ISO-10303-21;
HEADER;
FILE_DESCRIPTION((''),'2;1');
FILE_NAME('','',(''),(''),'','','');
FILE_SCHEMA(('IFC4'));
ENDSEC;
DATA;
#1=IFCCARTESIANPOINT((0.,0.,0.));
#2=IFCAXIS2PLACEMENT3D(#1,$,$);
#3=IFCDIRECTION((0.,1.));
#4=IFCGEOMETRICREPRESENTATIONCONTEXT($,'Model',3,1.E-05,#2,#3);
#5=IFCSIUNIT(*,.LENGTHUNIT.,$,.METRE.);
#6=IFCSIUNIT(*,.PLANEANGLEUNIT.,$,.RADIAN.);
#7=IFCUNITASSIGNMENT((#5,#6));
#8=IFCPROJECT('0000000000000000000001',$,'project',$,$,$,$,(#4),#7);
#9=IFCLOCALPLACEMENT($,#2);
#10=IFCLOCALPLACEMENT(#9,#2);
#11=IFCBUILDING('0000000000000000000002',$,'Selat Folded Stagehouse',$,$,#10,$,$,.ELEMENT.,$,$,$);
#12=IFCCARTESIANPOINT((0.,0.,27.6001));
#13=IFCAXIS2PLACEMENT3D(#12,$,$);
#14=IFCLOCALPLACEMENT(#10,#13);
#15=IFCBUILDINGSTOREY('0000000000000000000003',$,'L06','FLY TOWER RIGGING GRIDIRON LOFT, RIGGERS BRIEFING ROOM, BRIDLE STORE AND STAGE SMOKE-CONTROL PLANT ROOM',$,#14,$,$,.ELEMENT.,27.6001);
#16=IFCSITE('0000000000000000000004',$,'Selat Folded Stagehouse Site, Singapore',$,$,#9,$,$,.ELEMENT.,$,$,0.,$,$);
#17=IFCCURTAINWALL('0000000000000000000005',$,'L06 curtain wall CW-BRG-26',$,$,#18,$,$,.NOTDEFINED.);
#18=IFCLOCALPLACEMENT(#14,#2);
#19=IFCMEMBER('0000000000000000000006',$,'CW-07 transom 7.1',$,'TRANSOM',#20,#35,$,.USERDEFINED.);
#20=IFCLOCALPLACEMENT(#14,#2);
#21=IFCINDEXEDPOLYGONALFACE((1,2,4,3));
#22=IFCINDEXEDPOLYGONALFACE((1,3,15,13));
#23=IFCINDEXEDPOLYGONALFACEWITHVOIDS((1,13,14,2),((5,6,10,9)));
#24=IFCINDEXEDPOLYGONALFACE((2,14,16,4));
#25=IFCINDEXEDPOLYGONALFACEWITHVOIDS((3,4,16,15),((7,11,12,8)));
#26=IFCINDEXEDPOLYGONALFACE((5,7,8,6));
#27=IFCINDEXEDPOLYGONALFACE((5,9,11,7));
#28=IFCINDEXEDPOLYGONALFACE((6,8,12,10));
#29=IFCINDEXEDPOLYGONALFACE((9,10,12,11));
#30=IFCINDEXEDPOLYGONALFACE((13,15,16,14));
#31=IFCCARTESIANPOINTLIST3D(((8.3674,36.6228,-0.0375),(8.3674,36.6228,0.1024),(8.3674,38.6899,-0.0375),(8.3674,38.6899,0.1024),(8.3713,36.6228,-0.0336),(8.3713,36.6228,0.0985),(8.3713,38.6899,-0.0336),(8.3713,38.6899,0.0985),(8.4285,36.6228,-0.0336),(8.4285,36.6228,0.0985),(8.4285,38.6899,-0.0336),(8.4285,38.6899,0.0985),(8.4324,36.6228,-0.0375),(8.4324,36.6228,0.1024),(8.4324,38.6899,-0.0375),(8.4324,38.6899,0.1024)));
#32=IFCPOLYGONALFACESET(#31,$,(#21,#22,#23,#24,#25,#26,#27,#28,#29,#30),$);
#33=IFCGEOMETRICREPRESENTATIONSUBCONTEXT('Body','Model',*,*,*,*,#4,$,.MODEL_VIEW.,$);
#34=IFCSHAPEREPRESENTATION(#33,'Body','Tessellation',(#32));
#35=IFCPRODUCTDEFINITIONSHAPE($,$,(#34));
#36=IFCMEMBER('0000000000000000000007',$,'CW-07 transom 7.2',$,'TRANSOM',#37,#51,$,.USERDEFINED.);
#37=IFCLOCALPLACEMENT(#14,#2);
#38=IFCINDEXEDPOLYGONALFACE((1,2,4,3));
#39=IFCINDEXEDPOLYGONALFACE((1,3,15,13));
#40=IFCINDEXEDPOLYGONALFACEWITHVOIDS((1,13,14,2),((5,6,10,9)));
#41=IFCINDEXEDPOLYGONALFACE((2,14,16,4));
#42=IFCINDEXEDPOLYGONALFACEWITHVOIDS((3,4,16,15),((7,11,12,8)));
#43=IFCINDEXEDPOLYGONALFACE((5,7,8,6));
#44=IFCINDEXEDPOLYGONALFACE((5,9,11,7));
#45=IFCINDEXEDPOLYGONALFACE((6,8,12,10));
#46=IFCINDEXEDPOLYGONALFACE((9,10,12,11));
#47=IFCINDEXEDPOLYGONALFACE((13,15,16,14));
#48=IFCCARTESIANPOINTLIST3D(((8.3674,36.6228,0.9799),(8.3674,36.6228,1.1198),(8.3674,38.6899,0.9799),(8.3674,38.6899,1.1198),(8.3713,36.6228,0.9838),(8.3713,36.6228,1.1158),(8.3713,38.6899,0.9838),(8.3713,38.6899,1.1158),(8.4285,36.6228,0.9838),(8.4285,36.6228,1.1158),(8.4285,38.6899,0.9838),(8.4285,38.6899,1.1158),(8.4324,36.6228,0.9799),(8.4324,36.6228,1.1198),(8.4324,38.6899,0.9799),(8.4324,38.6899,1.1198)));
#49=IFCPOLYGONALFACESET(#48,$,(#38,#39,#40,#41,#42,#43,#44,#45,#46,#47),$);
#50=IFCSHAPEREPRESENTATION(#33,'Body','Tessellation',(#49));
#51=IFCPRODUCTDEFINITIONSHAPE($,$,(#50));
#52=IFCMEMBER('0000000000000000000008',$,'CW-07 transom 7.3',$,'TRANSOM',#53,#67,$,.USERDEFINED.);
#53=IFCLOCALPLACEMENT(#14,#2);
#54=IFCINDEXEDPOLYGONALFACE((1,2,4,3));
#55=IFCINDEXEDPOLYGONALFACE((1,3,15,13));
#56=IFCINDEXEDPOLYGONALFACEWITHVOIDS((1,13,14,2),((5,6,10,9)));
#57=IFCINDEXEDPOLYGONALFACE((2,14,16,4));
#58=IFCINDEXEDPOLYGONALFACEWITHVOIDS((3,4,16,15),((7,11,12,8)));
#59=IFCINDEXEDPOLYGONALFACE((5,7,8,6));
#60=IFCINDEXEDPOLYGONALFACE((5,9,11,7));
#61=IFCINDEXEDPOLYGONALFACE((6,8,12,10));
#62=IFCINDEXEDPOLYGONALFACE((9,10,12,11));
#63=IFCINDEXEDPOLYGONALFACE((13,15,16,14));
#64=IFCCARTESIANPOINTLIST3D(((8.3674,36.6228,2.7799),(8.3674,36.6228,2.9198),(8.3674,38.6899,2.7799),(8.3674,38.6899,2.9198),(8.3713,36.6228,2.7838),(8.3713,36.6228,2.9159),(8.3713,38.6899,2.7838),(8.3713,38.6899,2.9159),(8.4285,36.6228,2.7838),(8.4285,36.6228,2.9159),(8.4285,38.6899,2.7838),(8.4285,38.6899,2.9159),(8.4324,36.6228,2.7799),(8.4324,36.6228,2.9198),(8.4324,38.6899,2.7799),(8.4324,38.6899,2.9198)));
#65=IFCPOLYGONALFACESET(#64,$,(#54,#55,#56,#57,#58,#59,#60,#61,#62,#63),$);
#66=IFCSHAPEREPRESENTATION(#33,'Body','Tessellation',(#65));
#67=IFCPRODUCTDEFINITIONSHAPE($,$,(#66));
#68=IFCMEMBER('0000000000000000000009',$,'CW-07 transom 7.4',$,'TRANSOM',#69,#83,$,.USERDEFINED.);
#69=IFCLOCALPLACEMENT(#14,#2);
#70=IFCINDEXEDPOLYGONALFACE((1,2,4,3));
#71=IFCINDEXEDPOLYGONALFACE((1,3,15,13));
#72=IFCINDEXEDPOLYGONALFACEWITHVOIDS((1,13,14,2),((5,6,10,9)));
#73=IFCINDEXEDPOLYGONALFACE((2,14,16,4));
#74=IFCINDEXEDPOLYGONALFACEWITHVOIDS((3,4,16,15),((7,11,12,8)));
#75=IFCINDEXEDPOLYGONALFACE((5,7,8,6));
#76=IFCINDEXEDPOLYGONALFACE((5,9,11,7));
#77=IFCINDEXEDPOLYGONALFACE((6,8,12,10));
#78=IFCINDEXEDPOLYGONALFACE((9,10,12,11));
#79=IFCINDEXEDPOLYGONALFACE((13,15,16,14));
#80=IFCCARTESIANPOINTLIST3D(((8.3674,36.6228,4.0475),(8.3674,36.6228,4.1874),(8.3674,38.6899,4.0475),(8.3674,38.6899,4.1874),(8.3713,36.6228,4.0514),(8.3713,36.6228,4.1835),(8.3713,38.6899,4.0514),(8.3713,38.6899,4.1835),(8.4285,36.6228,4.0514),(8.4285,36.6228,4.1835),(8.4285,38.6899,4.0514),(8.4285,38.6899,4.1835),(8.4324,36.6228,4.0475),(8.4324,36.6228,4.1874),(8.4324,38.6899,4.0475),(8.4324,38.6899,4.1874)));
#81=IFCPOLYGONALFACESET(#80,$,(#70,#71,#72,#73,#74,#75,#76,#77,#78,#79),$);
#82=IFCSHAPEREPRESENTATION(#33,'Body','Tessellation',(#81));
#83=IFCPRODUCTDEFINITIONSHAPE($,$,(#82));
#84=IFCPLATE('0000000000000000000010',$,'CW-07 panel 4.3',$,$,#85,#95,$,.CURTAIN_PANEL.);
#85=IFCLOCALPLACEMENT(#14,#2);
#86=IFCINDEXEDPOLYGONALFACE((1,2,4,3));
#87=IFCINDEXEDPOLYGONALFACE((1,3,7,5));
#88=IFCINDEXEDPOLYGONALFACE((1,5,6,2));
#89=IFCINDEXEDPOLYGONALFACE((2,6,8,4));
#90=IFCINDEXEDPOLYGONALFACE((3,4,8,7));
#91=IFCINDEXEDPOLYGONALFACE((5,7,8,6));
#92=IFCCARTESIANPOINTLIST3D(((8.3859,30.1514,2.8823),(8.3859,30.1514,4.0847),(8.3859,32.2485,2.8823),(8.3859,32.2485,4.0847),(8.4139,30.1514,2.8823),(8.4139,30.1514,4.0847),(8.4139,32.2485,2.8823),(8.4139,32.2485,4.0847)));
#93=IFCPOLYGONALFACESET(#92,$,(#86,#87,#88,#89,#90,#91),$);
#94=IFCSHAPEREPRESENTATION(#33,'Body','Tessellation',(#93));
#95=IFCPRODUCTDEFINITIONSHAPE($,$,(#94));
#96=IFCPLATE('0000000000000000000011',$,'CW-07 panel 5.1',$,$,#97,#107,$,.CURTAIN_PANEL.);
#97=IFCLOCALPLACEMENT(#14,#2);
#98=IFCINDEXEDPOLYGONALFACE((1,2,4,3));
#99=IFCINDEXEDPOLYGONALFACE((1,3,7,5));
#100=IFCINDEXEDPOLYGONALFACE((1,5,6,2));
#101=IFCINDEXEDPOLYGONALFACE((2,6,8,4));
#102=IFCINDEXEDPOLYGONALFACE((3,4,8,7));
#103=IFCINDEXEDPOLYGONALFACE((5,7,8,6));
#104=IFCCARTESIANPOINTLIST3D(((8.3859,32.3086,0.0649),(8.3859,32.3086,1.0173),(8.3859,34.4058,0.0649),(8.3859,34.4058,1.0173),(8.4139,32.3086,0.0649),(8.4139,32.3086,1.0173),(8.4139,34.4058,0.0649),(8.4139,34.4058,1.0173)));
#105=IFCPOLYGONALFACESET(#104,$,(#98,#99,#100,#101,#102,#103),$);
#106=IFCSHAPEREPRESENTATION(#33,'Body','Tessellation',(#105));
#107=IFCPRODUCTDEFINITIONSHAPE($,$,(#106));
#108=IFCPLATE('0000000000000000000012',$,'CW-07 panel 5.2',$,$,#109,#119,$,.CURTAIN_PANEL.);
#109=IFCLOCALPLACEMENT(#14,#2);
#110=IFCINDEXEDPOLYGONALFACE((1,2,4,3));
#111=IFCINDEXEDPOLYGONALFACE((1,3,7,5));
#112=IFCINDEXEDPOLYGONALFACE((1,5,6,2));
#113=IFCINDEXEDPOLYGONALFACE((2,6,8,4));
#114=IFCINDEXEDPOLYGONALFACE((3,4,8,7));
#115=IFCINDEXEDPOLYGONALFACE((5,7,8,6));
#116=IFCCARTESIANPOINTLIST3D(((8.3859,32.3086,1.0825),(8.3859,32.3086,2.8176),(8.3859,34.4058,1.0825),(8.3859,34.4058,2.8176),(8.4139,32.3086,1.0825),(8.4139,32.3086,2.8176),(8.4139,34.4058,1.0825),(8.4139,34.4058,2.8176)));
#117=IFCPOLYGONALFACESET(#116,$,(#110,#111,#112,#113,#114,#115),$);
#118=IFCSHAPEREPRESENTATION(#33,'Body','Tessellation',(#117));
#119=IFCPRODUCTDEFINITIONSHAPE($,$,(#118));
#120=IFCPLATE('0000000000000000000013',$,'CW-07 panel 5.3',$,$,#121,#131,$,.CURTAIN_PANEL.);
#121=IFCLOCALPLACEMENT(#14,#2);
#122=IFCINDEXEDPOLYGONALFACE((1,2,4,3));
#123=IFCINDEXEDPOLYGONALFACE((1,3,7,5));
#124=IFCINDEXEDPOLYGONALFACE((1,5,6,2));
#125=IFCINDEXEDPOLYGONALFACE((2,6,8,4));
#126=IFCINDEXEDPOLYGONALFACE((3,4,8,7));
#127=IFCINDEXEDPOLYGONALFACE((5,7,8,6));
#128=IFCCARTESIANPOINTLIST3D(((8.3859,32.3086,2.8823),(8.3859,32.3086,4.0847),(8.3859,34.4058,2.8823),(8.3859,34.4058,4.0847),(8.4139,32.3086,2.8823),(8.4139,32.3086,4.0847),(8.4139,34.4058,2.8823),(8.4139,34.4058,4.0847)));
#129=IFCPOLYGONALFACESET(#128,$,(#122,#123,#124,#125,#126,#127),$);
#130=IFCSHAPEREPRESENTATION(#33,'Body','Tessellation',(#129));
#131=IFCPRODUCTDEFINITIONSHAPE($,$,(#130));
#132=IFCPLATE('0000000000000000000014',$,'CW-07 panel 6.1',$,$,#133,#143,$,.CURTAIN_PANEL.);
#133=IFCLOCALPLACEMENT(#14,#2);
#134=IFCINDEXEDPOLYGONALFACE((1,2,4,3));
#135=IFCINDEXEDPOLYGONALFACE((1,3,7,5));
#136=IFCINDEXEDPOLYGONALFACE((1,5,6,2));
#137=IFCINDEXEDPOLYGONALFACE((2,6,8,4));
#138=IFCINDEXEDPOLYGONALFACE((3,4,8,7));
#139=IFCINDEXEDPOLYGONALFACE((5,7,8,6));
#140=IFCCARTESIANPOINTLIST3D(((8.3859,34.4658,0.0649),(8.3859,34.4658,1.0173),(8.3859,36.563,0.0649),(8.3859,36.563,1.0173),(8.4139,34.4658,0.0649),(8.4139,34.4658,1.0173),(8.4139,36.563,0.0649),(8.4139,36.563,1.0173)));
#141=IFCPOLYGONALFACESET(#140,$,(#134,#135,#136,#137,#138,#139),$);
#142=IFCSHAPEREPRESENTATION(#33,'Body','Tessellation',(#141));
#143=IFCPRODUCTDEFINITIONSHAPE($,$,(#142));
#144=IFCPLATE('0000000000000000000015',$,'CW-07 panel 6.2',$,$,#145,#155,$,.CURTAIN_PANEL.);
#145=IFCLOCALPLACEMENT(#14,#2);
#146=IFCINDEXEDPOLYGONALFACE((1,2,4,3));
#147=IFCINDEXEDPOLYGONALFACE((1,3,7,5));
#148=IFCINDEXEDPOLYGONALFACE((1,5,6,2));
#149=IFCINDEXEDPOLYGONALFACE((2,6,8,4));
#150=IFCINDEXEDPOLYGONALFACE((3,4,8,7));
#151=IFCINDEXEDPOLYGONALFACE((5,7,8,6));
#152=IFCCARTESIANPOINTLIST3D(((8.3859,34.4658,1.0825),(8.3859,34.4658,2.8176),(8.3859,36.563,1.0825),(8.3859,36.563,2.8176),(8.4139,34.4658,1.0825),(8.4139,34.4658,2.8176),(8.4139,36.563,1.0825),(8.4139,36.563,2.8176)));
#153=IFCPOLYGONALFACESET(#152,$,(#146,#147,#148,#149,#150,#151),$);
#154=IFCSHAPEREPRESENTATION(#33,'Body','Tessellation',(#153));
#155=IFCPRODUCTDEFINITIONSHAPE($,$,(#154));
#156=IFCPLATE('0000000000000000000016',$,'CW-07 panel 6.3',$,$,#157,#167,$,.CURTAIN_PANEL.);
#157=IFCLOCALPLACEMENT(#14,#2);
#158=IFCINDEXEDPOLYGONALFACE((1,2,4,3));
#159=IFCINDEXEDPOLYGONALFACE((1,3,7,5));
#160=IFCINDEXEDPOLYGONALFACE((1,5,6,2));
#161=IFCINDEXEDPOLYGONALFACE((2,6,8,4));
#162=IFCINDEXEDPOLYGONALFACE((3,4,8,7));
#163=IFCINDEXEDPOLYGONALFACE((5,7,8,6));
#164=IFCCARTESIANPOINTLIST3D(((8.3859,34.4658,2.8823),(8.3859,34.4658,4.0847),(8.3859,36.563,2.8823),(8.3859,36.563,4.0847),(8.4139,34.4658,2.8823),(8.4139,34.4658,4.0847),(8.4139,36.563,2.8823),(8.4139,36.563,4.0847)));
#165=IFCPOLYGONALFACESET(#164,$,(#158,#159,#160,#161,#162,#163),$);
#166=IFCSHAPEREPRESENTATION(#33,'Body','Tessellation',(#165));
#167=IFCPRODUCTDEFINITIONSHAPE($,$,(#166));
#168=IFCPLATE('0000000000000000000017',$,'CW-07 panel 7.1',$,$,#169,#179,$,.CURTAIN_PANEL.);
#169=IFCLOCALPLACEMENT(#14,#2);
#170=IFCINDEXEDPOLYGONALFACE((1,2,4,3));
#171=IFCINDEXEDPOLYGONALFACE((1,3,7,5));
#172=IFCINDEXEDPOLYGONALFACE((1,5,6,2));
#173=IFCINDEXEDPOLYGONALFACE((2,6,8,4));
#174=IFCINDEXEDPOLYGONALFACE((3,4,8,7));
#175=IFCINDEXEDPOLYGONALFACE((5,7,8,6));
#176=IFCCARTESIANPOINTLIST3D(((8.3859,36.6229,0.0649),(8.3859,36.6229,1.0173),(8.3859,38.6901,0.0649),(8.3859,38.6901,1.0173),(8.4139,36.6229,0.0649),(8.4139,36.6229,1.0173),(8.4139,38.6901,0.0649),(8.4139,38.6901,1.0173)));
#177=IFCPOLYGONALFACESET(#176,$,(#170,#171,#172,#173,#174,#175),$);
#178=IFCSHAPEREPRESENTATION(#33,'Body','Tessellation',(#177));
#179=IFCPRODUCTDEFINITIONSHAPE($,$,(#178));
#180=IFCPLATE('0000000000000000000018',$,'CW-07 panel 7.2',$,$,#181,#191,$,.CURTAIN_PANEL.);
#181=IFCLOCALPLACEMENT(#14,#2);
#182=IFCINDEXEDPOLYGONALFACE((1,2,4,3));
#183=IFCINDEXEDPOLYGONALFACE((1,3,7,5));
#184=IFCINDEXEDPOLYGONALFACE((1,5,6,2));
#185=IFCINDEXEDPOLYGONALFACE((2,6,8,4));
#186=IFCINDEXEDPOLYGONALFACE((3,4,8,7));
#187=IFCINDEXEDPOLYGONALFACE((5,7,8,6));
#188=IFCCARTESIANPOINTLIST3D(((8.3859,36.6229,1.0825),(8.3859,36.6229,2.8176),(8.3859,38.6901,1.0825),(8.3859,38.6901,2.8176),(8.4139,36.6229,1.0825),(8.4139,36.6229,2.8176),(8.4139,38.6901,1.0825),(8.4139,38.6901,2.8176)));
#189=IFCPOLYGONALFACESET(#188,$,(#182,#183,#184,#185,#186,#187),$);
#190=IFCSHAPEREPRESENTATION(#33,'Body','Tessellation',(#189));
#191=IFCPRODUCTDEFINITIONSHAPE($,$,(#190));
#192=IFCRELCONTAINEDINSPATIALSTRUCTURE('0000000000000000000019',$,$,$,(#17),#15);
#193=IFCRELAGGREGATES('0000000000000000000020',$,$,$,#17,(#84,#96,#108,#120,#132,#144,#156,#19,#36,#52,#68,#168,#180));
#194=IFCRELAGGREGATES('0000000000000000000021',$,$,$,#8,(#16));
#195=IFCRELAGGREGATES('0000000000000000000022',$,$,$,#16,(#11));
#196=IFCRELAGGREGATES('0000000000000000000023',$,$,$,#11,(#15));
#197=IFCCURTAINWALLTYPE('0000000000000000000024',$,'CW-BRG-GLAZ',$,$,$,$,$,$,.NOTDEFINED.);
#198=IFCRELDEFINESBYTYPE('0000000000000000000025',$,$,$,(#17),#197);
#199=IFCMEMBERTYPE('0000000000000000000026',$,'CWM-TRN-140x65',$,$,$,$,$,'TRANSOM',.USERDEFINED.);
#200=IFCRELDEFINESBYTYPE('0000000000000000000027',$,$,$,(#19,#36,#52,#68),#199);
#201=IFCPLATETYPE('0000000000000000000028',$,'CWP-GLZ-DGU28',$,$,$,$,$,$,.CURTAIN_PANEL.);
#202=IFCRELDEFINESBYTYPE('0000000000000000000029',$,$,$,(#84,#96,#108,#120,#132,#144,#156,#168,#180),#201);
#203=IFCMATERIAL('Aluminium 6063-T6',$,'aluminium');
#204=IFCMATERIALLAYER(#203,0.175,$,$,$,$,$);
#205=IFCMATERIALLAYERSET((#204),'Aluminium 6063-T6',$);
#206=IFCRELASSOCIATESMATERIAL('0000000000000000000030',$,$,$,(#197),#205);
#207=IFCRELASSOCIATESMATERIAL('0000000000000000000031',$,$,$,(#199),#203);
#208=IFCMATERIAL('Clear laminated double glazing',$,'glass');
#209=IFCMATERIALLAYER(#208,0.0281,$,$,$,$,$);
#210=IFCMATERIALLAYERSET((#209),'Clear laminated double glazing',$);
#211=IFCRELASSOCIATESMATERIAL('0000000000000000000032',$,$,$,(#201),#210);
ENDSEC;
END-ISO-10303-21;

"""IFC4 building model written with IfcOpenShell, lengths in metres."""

from ifc_helpers import new_model, si_unit, direction, frame, origin, origin_2d, place, context, subcontext, project, spatial, rectangle, hollow_rectangle, extrude, material, layer, layer_set, material_profile, profile_set, type_object, element, aggregate, save


model = new_model("IFC4")

# Units and contexts
model_context = context("Model", 3, precision=1e-05, world=origin(), true_north=direction((0.0, 1.0)))
body_context = subcontext(model_context, "Body", "Model", "MODEL_VIEW")
ifc_project = project(units=[si_unit("LENGTHUNIT", "METRE"), si_unit("PLANEANGLEUNIT", "RADIAN")], contexts=[model_context])

# Site, building, storey
site_placement = place(None, origin())
site = spatial("IfcSite", under=ifc_project, at=site_placement, Name="Selat Folded Stagehouse Site, Singapore", CompositionType="ELEMENT", RefElevation=0.0)
building_placement = place(site_placement, origin())
building = spatial("IfcBuilding", under=site, at=building_placement, Name="Selat Folded Stagehouse", CompositionType="ELEMENT")
storey_placement = place(building_placement, frame((0.0, 0.0, 27.6001)))
storey = spatial("IfcBuildingStorey", under=building, at=storey_placement, Name="L06", Description="FLY TOWER RIGGING GRIDIRON LOFT, RIGGERS BRIEFING ROOM, BRIDLE STORE AND STAGE SMOKE-CONTROL PLANT ROOM", CompositionType="ELEMENT", Elevation=27.6001)

# Curtain wall, members, plates
ifc_material_1 = material(Name="Aluminium 6063-T6", Category="aluminium")
ifc_layer_1 = layer(ifc_material_1, 0.175)
ifc_layer_set_1 = layer_set([ifc_layer_1], Name="Aluminium 6063-T6")
curtain_wall_type = type_object("IfcCurtainWallType", Name="CW-BRG-GLAZ", PredefinedType="NOTDEFINED", material=ifc_layer_set_1)
curtain_wall_placement = place(storey_placement, origin())
curtain_wall = element("IfcCurtainWall", 1, at=curtain_wall_placement, inside=storey, type_object=curtain_wall_type, Name="L06 curtain wall CW-BRG-26", PredefinedType="NOTDEFINED")
ifc_material_profile_1 = material_profile(ifc_material_1, hollow_rectangle(XDim=0.0649, YDim=0.1399, WallThickness=0.0039, at=origin_2d()), Name="ALU 140x65x4.0")
ifc_profile_set_1 = profile_set([ifc_material_profile_1], Name="Aluminium 6063-T6")
member_type_1 = type_object("IfcMemberType", Name="CWM-TRN-140x65", ElementType="TRANSOM", PredefinedType="USERDEFINED", material=ifc_profile_set_1)
member_1_placement = place(storey_placement, frame((8.3999, 36.6228, 0.0325), z_axis=(0.0, 1.0, 0.0), x_axis=(-1.0, 0.0, 0.0)))
member_1 = element("IfcMember", 2, at=member_1_placement, type_object=member_type_1, Name="CW-07 transom 7.1", ObjectType="TRANSOM", PredefinedType="USERDEFINED", context=body_context, shape_type="SweptSolid", body=[
    extrude(hollow_rectangle(XDim=0.0649, YDim=0.1399, WallThickness=0.0039, at=origin_2d()), origin(), (0.0, 0.0, 1.0), 2.0671),
])
member_2_placement = place(storey_placement, frame((8.3999, 36.6228, 1.0498), z_axis=(0.0, 1.0, 0.0), x_axis=(-1.0, 0.0, 0.0)))
member_2 = element("IfcMember", 3, at=member_2_placement, type_object=member_type_1, Name="CW-07 transom 7.2", ObjectType="TRANSOM", PredefinedType="USERDEFINED", context=body_context, shape_type="SweptSolid", body=[
    extrude(hollow_rectangle(XDim=0.0649, YDim=0.1399, WallThickness=0.0039, at=origin_2d()), origin(), (0.0, 0.0, 1.0), 2.0671),
])
member_3_placement = place(storey_placement, frame((8.3999, 36.6228, 2.8499), z_axis=(0.0, 1.0, 0.0), x_axis=(-1.0, 0.0, 0.0)))
member_3 = element("IfcMember", 4, at=member_3_placement, type_object=member_type_1, Name="CW-07 transom 7.3", ObjectType="TRANSOM", PredefinedType="USERDEFINED", context=body_context, shape_type="SweptSolid", body=[
    extrude(hollow_rectangle(XDim=0.0649, YDim=0.1399, WallThickness=0.0039, at=origin_2d()), origin(), (0.0, 0.0, 1.0), 2.0671),
])
member_4_placement = place(storey_placement, frame((8.3999, 36.6228, 4.1174), z_axis=(0.0, 1.0, 0.0), x_axis=(-1.0, 0.0, 0.0)))
member_4 = element("IfcMember", 5, at=member_4_placement, type_object=member_type_1, Name="CW-07 transom 7.4", ObjectType="TRANSOM", PredefinedType="USERDEFINED", context=body_context, shape_type="SweptSolid", body=[
    extrude(hollow_rectangle(XDim=0.0649, YDim=0.1399, WallThickness=0.0039, at=origin_2d()), origin(), (0.0, 0.0, 1.0), 2.0671),
])
ifc_material_2 = material(Name="Clear laminated double glazing", Category="glass")
ifc_layer_2 = layer(ifc_material_2, 0.0281)
ifc_layer_set_2 = layer_set([ifc_layer_2], Name="Clear laminated double glazing")
plate_type = type_object("IfcPlateType", Name="CWP-GLZ-DGU28", PredefinedType="CURTAIN_PANEL", material=ifc_layer_set_2)
plate_1_placement = place(storey_placement, frame((8.3999, 31.2, 2.8823), z_axis=(0.0, 0.0, 1.0), x_axis=(0.0, 1.0, 0.0)))
plate_1 = element("IfcPlate", 6, at=plate_1_placement, type_object=plate_type, Name="CW-07 panel 4.3", PredefinedType="CURTAIN_PANEL", context=body_context, shape_type="SweptSolid", body=[
    extrude(rectangle(XDim=2.0972, YDim=0.0281, at=origin_2d()), origin(), (0.0, 0.0, 1.0), 1.2024),
])
plate_2_placement = place(storey_placement, frame((8.3999, 33.3572, 0.0649), z_axis=(0.0, 0.0, 1.0), x_axis=(0.0, 1.0, 0.0)))
plate_2 = element("IfcPlate", 7, at=plate_2_placement, type_object=plate_type, Name="CW-07 panel 5.1", PredefinedType="CURTAIN_PANEL", context=body_context, shape_type="SweptSolid", body=[
    extrude(rectangle(XDim=2.0972, YDim=0.0281, at=origin_2d()), origin(), (0.0, 0.0, 1.0), 0.9524),
])
plate_3_placement = place(storey_placement, frame((8.3999, 33.3572, 1.0825), z_axis=(0.0, 0.0, 1.0), x_axis=(0.0, 1.0, 0.0)))
plate_3 = element("IfcPlate", 8, at=plate_3_placement, type_object=plate_type, Name="CW-07 panel 5.2", PredefinedType="CURTAIN_PANEL", context=body_context, shape_type="SweptSolid", body=[
    extrude(rectangle(XDim=2.0972, YDim=0.0281, at=origin_2d()), origin(), (0.0, 0.0, 1.0), 1.7351),
])
plate_4_placement = place(storey_placement, frame((8.3999, 33.3572, 2.8823), z_axis=(0.0, 0.0, 1.0), x_axis=(0.0, 1.0, 0.0)))
plate_4 = element("IfcPlate", 9, at=plate_4_placement, type_object=plate_type, Name="CW-07 panel 5.3", PredefinedType="CURTAIN_PANEL", context=body_context, shape_type="SweptSolid", body=[
    extrude(rectangle(XDim=2.0972, YDim=0.0281, at=origin_2d()), origin(), (0.0, 0.0, 1.0), 1.2024),
])
plate_5_placement = place(storey_placement, frame((8.3999, 35.5144, 0.0649), z_axis=(0.0, 0.0, 1.0), x_axis=(0.0, 1.0, 0.0)))
plate_5 = element("IfcPlate", 10, at=plate_5_placement, type_object=plate_type, Name="CW-07 panel 6.1", PredefinedType="CURTAIN_PANEL", context=body_context, shape_type="SweptSolid", body=[
    extrude(rectangle(XDim=2.0972, YDim=0.0281, at=origin_2d()), origin(), (0.0, 0.0, 1.0), 0.9524),
])
plate_6_placement = place(storey_placement, frame((8.3999, 35.5144, 1.0825), z_axis=(0.0, 0.0, 1.0), x_axis=(0.0, 1.0, 0.0)))
plate_6 = element("IfcPlate", 11, at=plate_6_placement, type_object=plate_type, Name="CW-07 panel 6.2", PredefinedType="CURTAIN_PANEL", context=body_context, shape_type="SweptSolid", body=[
    extrude(rectangle(XDim=2.0972, YDim=0.0281, at=origin_2d()), origin(), (0.0, 0.0, 1.0), 1.7351),
])
plate_7_placement = place(storey_placement, frame((8.3999, 35.5144, 2.8823), z_axis=(0.0, 0.0, 1.0), x_axis=(0.0, 1.0, 0.0)))
plate_7 = element("IfcPlate", 12, at=plate_7_placement, type_object=plate_type, Name="CW-07 panel 6.3", PredefinedType="CURTAIN_PANEL", context=body_context, shape_type="SweptSolid", body=[
    extrude(rectangle(XDim=2.0972, YDim=0.0281, at=origin_2d()), origin(), (0.0, 0.0, 1.0), 1.2024),
])
plate_8_placement = place(storey_placement, frame((8.3999, 37.6565, 0.0649), z_axis=(0.0, 0.0, 1.0), x_axis=(0.0, 1.0, 0.0)))
plate_8 = element("IfcPlate", 13, at=plate_8_placement, type_object=plate_type, Name="CW-07 panel 7.1", PredefinedType="CURTAIN_PANEL", context=body_context, shape_type="SweptSolid", body=[
    extrude(rectangle(XDim=2.0671, YDim=0.0281, at=origin_2d()), origin(), (0.0, 0.0, 1.0), 0.9524),
])
plate_9_placement = place(storey_placement, frame((8.3999, 37.6565, 1.0825), z_axis=(0.0, 0.0, 1.0), x_axis=(0.0, 1.0, 0.0)))
plate_9 = element("IfcPlate", 14, at=plate_9_placement, type_object=plate_type, Name="CW-07 panel 7.2", PredefinedType="CURTAIN_PANEL", context=body_context, shape_type="SweptSolid", body=[
    extrude(rectangle(XDim=2.0671, YDim=0.0281, at=origin_2d()), origin(), (0.0, 0.0, 1.0), 1.7351),
])
aggregate(curtain_wall, [plate_1, plate_2, plate_3, plate_4, plate_5, plate_6, plate_7, member_1, member_2, member_3, member_4, plate_8, plate_9])

save(model, "model.ifc")
